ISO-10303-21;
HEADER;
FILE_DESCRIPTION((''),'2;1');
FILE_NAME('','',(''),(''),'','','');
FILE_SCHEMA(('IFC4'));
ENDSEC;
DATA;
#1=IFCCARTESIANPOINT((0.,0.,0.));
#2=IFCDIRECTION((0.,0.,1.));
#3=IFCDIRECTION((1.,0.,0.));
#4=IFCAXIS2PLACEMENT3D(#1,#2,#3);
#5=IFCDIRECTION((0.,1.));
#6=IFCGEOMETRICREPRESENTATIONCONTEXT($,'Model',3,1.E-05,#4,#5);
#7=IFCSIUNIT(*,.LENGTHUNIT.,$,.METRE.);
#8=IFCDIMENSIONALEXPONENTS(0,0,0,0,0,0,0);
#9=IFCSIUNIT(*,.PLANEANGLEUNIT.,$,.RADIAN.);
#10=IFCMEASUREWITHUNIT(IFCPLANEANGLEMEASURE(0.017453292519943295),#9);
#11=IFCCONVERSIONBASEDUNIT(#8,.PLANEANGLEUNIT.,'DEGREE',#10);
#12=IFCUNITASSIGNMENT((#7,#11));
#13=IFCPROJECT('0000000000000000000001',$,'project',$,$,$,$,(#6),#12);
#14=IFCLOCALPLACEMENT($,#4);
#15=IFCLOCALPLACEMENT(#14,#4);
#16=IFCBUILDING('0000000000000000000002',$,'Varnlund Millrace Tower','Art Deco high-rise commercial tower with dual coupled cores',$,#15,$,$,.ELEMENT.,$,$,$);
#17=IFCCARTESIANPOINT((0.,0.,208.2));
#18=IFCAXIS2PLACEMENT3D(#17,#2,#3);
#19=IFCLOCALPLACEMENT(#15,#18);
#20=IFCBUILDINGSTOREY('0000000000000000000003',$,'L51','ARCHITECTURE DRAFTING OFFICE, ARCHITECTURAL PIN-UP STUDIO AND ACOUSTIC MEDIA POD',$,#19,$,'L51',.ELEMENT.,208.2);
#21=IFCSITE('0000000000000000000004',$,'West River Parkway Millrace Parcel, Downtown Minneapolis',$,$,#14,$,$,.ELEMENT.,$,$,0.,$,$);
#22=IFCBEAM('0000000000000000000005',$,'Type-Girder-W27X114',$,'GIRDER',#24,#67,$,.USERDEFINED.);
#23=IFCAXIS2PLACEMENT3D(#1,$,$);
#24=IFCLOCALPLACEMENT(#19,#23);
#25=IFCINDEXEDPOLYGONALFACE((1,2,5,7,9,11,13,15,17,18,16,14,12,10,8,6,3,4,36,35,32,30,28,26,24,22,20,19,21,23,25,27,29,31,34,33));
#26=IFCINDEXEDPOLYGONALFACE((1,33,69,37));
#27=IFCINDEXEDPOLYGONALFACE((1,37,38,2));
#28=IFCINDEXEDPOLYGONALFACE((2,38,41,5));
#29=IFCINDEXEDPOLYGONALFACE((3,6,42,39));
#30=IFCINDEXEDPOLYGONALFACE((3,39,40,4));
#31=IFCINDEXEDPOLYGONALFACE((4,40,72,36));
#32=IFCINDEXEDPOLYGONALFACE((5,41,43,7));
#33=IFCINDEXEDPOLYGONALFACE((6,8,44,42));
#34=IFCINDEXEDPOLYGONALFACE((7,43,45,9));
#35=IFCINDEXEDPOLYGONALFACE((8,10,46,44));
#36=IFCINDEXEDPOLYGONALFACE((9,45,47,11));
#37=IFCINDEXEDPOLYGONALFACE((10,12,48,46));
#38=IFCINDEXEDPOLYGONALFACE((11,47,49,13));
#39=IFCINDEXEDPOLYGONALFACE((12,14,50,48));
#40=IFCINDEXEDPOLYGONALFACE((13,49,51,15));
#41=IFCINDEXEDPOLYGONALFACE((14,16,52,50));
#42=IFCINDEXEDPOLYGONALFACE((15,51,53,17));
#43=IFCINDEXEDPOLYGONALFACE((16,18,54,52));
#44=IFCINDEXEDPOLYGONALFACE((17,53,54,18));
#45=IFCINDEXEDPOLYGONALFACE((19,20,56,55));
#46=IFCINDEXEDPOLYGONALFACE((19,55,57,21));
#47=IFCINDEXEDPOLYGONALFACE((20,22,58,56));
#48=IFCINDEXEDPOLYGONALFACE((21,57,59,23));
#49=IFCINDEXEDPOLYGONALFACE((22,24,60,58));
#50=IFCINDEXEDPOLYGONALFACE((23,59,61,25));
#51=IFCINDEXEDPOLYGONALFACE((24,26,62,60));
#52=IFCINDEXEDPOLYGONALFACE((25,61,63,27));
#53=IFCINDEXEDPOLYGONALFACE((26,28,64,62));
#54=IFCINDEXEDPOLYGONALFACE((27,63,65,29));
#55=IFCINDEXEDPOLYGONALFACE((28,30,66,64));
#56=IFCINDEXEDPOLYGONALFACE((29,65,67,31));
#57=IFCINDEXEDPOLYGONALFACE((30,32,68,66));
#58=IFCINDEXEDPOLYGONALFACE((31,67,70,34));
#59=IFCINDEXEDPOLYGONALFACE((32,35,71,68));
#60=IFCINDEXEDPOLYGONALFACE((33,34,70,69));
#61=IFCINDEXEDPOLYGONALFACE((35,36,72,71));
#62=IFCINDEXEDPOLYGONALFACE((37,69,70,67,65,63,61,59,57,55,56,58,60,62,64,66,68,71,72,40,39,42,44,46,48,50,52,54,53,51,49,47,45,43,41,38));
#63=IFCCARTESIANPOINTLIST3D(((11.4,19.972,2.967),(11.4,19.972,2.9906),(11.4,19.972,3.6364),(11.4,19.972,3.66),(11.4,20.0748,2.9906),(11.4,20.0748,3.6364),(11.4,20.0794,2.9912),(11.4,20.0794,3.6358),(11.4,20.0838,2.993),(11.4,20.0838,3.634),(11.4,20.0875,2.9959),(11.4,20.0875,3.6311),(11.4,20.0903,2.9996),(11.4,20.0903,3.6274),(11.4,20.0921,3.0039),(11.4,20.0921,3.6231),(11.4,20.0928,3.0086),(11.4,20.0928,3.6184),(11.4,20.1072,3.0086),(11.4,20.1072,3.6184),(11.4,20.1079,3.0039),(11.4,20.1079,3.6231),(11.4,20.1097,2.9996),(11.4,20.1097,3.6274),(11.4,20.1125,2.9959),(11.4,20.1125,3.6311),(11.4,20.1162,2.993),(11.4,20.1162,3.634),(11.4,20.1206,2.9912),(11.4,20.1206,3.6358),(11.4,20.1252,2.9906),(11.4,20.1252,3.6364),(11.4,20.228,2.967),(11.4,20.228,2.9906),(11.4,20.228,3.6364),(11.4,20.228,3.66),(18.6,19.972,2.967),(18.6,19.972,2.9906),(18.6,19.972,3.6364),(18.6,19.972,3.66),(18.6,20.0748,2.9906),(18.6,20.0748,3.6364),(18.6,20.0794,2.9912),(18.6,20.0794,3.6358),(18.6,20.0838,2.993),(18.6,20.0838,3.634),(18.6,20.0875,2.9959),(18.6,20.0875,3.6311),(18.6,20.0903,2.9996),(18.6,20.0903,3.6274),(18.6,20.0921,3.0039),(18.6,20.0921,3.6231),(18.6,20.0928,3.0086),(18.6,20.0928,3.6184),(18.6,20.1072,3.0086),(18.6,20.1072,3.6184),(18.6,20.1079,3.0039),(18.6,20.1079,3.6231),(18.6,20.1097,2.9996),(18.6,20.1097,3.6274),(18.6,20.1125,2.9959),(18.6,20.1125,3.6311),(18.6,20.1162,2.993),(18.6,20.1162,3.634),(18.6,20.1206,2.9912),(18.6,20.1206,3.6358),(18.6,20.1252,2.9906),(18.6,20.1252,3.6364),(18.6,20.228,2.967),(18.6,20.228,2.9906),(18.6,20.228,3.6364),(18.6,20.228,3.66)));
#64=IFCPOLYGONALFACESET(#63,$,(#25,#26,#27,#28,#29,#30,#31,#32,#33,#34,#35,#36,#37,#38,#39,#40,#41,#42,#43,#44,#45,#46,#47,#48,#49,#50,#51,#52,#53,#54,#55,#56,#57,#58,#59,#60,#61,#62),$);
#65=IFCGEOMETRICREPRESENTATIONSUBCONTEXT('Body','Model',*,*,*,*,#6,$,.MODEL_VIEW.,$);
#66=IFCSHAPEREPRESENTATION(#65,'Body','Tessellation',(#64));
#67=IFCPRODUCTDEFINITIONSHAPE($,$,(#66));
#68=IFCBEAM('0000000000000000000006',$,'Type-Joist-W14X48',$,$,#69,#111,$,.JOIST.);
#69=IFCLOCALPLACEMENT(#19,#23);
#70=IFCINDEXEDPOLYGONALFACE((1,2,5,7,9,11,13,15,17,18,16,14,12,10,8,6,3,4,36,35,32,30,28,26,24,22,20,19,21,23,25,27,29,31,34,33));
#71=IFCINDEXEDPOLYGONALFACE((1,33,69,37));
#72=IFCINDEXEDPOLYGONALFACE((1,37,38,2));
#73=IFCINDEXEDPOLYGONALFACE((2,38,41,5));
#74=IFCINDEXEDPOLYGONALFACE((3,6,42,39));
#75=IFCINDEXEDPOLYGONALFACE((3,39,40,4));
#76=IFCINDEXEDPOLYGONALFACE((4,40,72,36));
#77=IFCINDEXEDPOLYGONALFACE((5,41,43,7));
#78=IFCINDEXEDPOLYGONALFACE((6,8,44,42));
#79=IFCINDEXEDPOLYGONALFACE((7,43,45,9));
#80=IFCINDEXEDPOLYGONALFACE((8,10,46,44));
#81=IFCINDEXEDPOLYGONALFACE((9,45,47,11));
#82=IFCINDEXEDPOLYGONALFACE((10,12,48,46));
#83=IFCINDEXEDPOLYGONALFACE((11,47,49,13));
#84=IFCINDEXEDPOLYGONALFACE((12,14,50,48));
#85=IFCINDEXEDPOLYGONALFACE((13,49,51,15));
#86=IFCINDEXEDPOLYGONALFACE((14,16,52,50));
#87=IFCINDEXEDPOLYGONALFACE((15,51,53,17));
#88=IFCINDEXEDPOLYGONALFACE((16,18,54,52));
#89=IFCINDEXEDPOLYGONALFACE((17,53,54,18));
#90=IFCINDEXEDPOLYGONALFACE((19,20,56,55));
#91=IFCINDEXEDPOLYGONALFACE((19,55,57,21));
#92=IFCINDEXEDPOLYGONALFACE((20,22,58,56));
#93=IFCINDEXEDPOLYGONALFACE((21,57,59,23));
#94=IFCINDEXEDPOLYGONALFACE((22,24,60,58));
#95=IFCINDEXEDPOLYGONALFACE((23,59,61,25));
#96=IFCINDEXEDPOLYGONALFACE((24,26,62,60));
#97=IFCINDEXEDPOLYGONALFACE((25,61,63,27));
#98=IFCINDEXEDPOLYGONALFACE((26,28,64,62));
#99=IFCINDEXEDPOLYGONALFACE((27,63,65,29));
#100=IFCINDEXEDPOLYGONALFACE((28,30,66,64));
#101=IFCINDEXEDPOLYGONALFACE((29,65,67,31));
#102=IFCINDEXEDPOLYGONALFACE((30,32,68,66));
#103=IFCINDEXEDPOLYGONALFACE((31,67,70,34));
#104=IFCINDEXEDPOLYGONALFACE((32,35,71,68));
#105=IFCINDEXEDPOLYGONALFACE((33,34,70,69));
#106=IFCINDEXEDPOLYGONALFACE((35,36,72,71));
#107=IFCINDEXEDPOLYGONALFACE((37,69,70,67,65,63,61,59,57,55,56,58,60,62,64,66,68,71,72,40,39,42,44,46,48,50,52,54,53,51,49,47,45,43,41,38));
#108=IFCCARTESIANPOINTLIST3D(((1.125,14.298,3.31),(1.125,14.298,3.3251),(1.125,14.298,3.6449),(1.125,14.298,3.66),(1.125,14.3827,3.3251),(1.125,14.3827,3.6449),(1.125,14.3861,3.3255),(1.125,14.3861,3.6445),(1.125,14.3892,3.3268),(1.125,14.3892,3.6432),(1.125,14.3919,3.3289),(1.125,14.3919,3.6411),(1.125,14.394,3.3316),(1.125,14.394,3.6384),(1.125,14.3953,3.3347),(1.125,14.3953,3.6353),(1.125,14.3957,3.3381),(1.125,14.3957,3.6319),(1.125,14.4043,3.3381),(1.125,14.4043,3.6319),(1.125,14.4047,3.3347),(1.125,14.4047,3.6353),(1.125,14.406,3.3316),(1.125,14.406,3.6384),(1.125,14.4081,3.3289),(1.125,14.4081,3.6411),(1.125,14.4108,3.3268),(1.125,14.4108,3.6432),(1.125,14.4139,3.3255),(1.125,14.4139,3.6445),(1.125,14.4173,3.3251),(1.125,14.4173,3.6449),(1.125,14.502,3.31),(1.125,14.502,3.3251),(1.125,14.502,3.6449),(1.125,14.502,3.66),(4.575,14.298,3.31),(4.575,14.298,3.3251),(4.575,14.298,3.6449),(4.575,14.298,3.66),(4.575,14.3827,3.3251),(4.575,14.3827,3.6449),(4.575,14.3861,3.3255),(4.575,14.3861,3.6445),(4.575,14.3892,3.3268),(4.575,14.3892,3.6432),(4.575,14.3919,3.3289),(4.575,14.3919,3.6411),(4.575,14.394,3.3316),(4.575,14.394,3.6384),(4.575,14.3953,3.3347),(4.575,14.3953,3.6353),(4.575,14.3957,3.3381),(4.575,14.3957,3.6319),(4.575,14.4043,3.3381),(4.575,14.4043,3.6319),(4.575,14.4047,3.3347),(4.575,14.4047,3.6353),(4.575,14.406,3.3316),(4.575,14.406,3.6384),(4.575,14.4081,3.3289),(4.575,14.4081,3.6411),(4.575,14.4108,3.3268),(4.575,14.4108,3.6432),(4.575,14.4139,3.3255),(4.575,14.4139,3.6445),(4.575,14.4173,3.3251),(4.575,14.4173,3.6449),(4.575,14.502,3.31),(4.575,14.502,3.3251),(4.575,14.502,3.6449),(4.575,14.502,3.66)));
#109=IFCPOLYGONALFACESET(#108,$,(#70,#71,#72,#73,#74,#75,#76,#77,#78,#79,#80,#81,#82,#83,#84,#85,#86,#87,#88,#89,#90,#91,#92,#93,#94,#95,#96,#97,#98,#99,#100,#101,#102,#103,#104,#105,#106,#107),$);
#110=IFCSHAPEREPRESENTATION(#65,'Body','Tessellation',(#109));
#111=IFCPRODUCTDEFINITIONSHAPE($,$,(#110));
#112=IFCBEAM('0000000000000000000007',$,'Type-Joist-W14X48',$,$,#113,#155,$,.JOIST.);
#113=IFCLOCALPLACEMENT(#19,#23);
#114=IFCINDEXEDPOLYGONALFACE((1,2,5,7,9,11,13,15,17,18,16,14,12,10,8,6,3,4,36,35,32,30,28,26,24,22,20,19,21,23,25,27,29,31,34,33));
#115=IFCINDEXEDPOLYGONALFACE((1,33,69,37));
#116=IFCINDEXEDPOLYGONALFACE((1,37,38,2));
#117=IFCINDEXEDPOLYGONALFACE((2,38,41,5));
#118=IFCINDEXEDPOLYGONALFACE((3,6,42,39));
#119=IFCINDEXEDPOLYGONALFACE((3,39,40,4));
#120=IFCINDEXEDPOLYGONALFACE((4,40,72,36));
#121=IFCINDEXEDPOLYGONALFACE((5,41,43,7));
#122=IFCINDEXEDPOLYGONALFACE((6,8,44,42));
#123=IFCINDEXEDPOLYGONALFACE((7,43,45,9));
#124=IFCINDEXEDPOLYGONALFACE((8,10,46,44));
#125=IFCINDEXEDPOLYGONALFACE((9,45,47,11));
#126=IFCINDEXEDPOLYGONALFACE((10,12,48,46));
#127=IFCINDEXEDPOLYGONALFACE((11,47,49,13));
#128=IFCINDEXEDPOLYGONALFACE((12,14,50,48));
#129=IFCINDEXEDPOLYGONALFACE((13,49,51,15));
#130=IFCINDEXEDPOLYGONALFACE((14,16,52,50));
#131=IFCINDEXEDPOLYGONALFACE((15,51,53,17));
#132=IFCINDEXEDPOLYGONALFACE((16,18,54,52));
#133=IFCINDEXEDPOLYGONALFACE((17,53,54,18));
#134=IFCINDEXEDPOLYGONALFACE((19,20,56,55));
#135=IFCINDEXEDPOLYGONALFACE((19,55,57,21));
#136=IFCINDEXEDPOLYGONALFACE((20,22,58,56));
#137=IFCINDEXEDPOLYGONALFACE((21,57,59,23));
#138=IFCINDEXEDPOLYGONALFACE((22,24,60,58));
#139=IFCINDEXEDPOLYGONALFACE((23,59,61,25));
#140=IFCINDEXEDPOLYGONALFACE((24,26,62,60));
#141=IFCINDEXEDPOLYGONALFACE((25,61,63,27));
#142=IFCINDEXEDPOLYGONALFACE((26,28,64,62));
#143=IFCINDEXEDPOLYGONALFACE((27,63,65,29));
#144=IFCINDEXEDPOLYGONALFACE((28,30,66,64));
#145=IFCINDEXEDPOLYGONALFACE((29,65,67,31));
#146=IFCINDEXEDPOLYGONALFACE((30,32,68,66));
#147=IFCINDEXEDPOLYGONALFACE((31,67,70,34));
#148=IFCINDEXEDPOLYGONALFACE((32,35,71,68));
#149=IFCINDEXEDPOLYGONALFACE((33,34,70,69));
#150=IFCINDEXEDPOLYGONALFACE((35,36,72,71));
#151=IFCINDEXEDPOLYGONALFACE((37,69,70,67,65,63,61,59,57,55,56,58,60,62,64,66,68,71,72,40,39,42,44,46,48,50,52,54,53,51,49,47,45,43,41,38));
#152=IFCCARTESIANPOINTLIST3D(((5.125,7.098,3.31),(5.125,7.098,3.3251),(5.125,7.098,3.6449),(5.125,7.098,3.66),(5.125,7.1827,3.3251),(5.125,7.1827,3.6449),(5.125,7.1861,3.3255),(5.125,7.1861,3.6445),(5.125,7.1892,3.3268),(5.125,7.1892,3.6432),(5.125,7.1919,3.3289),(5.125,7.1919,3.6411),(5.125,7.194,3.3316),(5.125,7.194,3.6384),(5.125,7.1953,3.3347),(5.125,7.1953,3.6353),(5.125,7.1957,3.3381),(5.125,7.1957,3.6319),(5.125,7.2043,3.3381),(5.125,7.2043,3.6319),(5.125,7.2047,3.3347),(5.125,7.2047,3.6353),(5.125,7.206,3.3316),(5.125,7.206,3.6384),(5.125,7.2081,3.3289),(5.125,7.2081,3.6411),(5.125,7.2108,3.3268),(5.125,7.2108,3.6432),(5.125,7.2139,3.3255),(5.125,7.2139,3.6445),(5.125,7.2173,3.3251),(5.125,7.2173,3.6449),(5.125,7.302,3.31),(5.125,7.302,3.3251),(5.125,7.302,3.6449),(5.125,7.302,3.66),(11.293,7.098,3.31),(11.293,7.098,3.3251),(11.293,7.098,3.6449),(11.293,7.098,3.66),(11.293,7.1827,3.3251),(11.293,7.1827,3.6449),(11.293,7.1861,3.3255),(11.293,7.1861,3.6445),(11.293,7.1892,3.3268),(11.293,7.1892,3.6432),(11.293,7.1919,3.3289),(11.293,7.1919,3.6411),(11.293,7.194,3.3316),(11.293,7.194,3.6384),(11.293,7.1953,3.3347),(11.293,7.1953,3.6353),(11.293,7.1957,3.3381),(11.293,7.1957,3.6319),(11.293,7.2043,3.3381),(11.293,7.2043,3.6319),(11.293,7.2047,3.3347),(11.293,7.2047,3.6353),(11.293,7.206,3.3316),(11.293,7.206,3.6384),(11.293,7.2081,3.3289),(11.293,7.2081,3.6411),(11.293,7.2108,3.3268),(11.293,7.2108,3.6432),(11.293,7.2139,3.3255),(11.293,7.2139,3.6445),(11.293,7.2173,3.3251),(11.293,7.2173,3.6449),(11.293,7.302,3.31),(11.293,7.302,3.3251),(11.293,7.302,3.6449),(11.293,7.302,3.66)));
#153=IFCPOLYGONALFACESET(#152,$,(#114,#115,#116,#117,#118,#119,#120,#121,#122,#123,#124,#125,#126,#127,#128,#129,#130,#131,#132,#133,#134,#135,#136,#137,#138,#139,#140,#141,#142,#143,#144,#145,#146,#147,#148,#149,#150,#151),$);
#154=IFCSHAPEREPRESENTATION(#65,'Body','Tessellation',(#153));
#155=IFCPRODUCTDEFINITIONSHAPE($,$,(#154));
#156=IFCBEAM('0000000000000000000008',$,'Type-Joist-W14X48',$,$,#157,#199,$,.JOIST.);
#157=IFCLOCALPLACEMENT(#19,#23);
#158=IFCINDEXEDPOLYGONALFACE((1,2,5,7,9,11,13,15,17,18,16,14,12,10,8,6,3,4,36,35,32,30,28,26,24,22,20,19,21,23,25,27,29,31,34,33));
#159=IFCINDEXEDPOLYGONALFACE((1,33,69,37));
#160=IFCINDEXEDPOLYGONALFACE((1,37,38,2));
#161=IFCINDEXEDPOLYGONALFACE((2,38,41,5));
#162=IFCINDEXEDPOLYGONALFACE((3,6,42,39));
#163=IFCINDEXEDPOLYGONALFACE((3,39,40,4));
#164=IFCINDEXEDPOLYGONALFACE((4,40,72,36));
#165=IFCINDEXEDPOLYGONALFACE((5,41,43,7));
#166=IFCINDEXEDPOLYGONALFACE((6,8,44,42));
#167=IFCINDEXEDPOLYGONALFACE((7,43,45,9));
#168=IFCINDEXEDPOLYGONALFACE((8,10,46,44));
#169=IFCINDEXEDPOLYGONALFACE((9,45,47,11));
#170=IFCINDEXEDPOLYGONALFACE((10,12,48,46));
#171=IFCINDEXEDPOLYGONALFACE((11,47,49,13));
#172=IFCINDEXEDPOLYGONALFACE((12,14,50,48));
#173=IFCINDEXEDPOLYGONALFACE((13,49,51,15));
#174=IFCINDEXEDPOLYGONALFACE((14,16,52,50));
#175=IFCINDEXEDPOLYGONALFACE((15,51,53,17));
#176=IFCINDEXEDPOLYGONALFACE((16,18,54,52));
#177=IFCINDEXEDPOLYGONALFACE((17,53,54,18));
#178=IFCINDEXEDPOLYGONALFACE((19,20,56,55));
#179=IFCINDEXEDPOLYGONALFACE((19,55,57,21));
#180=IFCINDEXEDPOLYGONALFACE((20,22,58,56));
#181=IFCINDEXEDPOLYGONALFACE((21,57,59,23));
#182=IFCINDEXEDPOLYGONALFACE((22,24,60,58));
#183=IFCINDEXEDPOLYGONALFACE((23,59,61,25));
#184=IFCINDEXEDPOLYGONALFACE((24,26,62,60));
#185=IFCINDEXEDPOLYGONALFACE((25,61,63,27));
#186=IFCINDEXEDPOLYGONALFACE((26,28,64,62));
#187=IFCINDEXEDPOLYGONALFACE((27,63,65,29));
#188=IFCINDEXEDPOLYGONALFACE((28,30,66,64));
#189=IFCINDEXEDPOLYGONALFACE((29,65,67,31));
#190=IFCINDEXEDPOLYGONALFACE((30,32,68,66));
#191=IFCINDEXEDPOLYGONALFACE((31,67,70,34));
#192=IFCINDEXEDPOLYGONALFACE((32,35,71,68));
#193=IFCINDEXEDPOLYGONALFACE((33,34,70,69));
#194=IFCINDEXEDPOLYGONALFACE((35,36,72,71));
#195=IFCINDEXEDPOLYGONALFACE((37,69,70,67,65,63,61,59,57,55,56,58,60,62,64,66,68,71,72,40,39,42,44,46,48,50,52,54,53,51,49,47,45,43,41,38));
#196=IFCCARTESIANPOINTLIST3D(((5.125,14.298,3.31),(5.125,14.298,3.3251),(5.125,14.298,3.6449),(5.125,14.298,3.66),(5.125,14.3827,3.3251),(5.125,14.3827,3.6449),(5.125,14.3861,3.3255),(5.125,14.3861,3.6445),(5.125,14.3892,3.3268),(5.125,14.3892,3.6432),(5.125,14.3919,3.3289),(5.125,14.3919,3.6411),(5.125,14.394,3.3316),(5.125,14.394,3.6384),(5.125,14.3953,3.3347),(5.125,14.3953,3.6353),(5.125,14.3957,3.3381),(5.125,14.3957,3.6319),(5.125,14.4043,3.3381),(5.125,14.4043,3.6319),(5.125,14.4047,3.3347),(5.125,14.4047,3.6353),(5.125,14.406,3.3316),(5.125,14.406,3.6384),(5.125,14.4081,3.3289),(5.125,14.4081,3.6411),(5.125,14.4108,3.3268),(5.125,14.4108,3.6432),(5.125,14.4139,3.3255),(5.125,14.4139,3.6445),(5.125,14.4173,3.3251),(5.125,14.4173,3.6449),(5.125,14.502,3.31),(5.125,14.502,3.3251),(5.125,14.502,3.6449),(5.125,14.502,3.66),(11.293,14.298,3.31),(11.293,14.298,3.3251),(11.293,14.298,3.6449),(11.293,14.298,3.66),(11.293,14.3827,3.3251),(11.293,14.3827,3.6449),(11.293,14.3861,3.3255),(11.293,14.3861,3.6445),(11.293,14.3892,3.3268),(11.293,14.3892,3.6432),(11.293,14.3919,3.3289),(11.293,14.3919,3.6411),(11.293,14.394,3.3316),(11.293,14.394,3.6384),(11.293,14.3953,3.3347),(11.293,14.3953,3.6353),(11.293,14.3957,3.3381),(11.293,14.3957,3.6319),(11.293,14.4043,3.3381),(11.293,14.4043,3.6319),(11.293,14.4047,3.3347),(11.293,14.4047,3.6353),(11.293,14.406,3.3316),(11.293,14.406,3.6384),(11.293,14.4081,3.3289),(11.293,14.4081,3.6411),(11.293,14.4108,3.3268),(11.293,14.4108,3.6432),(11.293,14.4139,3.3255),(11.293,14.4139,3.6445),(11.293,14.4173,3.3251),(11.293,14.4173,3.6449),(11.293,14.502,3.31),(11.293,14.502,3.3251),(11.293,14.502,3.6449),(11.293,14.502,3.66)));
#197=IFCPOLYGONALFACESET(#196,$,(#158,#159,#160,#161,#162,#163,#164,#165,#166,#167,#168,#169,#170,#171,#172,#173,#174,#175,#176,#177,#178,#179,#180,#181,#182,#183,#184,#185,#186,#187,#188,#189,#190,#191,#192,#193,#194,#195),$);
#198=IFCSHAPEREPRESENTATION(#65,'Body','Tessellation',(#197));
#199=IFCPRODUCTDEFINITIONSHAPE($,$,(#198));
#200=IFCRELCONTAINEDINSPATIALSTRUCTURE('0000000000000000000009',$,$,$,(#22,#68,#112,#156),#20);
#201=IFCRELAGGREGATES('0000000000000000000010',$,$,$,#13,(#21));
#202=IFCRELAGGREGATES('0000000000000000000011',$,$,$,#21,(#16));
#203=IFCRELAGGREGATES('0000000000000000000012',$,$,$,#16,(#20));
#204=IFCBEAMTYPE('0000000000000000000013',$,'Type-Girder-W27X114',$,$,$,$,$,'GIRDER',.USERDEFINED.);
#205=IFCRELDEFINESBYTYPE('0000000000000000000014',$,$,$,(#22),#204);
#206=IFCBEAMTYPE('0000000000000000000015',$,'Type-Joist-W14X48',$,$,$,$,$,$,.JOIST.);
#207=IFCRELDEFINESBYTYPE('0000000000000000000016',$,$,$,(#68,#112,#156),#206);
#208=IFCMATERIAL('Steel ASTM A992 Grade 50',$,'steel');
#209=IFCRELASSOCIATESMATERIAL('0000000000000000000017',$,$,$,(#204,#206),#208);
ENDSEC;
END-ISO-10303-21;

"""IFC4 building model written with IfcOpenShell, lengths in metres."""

from ifc_helpers import new_model, entity, si_unit, converted_unit, direction, frame, origin_with_axes, origin_2d_with_axis, place, context, subcontext, project, spatial, i_section, extrude, material, material_profile, profile_set, type_object, element, save


model = new_model("IFC4")

# Units and contexts
model_context = context("Model", 3, precision=1e-05, world=origin_with_axes(), true_north=direction((0.0, 1.0)))
body_context = subcontext(model_context, "Body", "Model", "MODEL_VIEW")
ifc_project = project(units=[si_unit("LENGTHUNIT", "METRE"), converted_unit("PLANEANGLEUNIT", "DEGREE", entity("IfcPlaneAngleMeasure", 0.017453292519943295), si_unit("PLANEANGLEUNIT", "RADIAN"), dimensions=[0, 0, 0, 0, 0, 0, 0])], contexts=[model_context])

# Site, building, storey
site_placement = place(None, origin_with_axes())
site = spatial("IfcSite", under=ifc_project, at=site_placement, Name="West River Parkway Millrace Parcel, Downtown Minneapolis", CompositionType="ELEMENT", RefElevation=0.0)
building_placement = place(site_placement, origin_with_axes())
building = spatial("IfcBuilding", under=site, at=building_placement, Name="Varnlund Millrace Tower", Description="Art Deco high-rise commercial tower with dual coupled cores", CompositionType="ELEMENT")
storey_placement = place(building_placement, frame((0.0, 0.0, 208.2), z_axis=(0.0, 0.0, 1.0), x_axis=(1.0, 0.0, 0.0)))
storey = spatial("IfcBuildingStorey", under=building, at=storey_placement, Name="L51", Description="ARCHITECTURE DRAFTING OFFICE, ARCHITECTURAL PIN-UP STUDIO AND ACOUSTIC MEDIA POD", LongName="L51", CompositionType="ELEMENT", Elevation=208.2)

# Beams
ifc_material_1 = material(Name="Steel ASTM A992 Grade 50", Category="steel")
ifc_material_profile_1 = material_profile(ifc_material_1, i_section(OverallWidth=0.256, OverallDepth=0.693, WebThickness=0.0145, FlangeThickness=0.0236, FilletRadius=0.018, at=origin_2d_with_axis()), Name="Steel ASTM A992 Grade 50")
ifc_profile_set_1 = profile_set([ifc_material_profile_1], Name="Steel ASTM A992 Grade 50")
beam_type_1 = type_object("IfcBeamType", Name="Type-Girder-W27X114", ElementType="GIRDER", PredefinedType="USERDEFINED", material=ifc_profile_set_1)
beam_1_placement = place(storey_placement, frame((11.4, 20.1, 3.3135), z_axis=(1.0, 0.0, 0.0), x_axis=(0.0, 1.0, 0.0)))
element("IfcBeam", 1, at=beam_1_placement, inside=storey, type_object=beam_type_1, Name="Type-Girder-W27X114", ObjectType="GIRDER", PredefinedType="USERDEFINED", context=body_context, shape_type="SweptSolid", body=[
    extrude(i_section(OverallWidth=0.256, OverallDepth=0.693, WebThickness=0.0145, FlangeThickness=0.0236, FilletRadius=0.018, at=origin_2d_with_axis()), origin_with_axes(), (0.0, 0.0, 1.0), 7.2),
])
ifc_material_profile_2 = material_profile(ifc_material_1, i_section(OverallWidth=0.204, OverallDepth=0.35, WebThickness=0.0086, FlangeThickness=0.0151, FilletRadius=0.013, at=origin_2d_with_axis()), Name="Steel ASTM A992 Grade 50")
ifc_profile_set_2 = profile_set([ifc_material_profile_2], Name="Steel ASTM A992 Grade 50")
beam_type_2 = type_object("IfcBeamType", Name="Type-Joist-W14X48", PredefinedType="JOIST", material=ifc_profile_set_2)
beam_2_placement = place(storey_placement, frame((1.125, 14.4, 3.485), z_axis=(1.0, 0.0, 0.0), x_axis=(0.0, 1.0, 0.0)))
element("IfcBeam", 2, at=beam_2_placement, inside=storey, type_object=beam_type_2, Name="Type-Joist-W14X48", PredefinedType="JOIST", context=body_context, shape_type="SweptSolid", body=[
    extrude(i_section(OverallWidth=0.204, OverallDepth=0.35, WebThickness=0.0086, FlangeThickness=0.0151, FilletRadius=0.013, at=origin_2d_with_axis()), origin_with_axes(), (0.0, 0.0, 1.0), 3.45),
])
for number, where, z_axis, x_axis, name in (
    (3, (5.125, 7.2, 3.485), (1.0, 0.0, 0.0), (0.0, 1.0, 0.0), "Type-Joist-W14X48"),
    (4, (5.125, 14.4, 3.485), (1.0, 0.0, 0.0), (0.0, 1.0, 0.0), "Type-Joist-W14X48"),
):
    element("IfcBeam", number, at=place(storey_placement, frame(where, z_axis=z_axis, x_axis=x_axis)), inside=storey, type_object=beam_type_2, Name=name, PredefinedType="JOIST", context=body_context, shape_type="SweptSolid", body=[
        extrude(i_section(OverallWidth=0.204, OverallDepth=0.35, WebThickness=0.0086, FlangeThickness=0.0151, FilletRadius=0.013, at=origin_2d_with_axis()), origin_with_axes(), (0.0, 0.0, 1.0), 6.168),
    ])

save(model, "model.ifc")
